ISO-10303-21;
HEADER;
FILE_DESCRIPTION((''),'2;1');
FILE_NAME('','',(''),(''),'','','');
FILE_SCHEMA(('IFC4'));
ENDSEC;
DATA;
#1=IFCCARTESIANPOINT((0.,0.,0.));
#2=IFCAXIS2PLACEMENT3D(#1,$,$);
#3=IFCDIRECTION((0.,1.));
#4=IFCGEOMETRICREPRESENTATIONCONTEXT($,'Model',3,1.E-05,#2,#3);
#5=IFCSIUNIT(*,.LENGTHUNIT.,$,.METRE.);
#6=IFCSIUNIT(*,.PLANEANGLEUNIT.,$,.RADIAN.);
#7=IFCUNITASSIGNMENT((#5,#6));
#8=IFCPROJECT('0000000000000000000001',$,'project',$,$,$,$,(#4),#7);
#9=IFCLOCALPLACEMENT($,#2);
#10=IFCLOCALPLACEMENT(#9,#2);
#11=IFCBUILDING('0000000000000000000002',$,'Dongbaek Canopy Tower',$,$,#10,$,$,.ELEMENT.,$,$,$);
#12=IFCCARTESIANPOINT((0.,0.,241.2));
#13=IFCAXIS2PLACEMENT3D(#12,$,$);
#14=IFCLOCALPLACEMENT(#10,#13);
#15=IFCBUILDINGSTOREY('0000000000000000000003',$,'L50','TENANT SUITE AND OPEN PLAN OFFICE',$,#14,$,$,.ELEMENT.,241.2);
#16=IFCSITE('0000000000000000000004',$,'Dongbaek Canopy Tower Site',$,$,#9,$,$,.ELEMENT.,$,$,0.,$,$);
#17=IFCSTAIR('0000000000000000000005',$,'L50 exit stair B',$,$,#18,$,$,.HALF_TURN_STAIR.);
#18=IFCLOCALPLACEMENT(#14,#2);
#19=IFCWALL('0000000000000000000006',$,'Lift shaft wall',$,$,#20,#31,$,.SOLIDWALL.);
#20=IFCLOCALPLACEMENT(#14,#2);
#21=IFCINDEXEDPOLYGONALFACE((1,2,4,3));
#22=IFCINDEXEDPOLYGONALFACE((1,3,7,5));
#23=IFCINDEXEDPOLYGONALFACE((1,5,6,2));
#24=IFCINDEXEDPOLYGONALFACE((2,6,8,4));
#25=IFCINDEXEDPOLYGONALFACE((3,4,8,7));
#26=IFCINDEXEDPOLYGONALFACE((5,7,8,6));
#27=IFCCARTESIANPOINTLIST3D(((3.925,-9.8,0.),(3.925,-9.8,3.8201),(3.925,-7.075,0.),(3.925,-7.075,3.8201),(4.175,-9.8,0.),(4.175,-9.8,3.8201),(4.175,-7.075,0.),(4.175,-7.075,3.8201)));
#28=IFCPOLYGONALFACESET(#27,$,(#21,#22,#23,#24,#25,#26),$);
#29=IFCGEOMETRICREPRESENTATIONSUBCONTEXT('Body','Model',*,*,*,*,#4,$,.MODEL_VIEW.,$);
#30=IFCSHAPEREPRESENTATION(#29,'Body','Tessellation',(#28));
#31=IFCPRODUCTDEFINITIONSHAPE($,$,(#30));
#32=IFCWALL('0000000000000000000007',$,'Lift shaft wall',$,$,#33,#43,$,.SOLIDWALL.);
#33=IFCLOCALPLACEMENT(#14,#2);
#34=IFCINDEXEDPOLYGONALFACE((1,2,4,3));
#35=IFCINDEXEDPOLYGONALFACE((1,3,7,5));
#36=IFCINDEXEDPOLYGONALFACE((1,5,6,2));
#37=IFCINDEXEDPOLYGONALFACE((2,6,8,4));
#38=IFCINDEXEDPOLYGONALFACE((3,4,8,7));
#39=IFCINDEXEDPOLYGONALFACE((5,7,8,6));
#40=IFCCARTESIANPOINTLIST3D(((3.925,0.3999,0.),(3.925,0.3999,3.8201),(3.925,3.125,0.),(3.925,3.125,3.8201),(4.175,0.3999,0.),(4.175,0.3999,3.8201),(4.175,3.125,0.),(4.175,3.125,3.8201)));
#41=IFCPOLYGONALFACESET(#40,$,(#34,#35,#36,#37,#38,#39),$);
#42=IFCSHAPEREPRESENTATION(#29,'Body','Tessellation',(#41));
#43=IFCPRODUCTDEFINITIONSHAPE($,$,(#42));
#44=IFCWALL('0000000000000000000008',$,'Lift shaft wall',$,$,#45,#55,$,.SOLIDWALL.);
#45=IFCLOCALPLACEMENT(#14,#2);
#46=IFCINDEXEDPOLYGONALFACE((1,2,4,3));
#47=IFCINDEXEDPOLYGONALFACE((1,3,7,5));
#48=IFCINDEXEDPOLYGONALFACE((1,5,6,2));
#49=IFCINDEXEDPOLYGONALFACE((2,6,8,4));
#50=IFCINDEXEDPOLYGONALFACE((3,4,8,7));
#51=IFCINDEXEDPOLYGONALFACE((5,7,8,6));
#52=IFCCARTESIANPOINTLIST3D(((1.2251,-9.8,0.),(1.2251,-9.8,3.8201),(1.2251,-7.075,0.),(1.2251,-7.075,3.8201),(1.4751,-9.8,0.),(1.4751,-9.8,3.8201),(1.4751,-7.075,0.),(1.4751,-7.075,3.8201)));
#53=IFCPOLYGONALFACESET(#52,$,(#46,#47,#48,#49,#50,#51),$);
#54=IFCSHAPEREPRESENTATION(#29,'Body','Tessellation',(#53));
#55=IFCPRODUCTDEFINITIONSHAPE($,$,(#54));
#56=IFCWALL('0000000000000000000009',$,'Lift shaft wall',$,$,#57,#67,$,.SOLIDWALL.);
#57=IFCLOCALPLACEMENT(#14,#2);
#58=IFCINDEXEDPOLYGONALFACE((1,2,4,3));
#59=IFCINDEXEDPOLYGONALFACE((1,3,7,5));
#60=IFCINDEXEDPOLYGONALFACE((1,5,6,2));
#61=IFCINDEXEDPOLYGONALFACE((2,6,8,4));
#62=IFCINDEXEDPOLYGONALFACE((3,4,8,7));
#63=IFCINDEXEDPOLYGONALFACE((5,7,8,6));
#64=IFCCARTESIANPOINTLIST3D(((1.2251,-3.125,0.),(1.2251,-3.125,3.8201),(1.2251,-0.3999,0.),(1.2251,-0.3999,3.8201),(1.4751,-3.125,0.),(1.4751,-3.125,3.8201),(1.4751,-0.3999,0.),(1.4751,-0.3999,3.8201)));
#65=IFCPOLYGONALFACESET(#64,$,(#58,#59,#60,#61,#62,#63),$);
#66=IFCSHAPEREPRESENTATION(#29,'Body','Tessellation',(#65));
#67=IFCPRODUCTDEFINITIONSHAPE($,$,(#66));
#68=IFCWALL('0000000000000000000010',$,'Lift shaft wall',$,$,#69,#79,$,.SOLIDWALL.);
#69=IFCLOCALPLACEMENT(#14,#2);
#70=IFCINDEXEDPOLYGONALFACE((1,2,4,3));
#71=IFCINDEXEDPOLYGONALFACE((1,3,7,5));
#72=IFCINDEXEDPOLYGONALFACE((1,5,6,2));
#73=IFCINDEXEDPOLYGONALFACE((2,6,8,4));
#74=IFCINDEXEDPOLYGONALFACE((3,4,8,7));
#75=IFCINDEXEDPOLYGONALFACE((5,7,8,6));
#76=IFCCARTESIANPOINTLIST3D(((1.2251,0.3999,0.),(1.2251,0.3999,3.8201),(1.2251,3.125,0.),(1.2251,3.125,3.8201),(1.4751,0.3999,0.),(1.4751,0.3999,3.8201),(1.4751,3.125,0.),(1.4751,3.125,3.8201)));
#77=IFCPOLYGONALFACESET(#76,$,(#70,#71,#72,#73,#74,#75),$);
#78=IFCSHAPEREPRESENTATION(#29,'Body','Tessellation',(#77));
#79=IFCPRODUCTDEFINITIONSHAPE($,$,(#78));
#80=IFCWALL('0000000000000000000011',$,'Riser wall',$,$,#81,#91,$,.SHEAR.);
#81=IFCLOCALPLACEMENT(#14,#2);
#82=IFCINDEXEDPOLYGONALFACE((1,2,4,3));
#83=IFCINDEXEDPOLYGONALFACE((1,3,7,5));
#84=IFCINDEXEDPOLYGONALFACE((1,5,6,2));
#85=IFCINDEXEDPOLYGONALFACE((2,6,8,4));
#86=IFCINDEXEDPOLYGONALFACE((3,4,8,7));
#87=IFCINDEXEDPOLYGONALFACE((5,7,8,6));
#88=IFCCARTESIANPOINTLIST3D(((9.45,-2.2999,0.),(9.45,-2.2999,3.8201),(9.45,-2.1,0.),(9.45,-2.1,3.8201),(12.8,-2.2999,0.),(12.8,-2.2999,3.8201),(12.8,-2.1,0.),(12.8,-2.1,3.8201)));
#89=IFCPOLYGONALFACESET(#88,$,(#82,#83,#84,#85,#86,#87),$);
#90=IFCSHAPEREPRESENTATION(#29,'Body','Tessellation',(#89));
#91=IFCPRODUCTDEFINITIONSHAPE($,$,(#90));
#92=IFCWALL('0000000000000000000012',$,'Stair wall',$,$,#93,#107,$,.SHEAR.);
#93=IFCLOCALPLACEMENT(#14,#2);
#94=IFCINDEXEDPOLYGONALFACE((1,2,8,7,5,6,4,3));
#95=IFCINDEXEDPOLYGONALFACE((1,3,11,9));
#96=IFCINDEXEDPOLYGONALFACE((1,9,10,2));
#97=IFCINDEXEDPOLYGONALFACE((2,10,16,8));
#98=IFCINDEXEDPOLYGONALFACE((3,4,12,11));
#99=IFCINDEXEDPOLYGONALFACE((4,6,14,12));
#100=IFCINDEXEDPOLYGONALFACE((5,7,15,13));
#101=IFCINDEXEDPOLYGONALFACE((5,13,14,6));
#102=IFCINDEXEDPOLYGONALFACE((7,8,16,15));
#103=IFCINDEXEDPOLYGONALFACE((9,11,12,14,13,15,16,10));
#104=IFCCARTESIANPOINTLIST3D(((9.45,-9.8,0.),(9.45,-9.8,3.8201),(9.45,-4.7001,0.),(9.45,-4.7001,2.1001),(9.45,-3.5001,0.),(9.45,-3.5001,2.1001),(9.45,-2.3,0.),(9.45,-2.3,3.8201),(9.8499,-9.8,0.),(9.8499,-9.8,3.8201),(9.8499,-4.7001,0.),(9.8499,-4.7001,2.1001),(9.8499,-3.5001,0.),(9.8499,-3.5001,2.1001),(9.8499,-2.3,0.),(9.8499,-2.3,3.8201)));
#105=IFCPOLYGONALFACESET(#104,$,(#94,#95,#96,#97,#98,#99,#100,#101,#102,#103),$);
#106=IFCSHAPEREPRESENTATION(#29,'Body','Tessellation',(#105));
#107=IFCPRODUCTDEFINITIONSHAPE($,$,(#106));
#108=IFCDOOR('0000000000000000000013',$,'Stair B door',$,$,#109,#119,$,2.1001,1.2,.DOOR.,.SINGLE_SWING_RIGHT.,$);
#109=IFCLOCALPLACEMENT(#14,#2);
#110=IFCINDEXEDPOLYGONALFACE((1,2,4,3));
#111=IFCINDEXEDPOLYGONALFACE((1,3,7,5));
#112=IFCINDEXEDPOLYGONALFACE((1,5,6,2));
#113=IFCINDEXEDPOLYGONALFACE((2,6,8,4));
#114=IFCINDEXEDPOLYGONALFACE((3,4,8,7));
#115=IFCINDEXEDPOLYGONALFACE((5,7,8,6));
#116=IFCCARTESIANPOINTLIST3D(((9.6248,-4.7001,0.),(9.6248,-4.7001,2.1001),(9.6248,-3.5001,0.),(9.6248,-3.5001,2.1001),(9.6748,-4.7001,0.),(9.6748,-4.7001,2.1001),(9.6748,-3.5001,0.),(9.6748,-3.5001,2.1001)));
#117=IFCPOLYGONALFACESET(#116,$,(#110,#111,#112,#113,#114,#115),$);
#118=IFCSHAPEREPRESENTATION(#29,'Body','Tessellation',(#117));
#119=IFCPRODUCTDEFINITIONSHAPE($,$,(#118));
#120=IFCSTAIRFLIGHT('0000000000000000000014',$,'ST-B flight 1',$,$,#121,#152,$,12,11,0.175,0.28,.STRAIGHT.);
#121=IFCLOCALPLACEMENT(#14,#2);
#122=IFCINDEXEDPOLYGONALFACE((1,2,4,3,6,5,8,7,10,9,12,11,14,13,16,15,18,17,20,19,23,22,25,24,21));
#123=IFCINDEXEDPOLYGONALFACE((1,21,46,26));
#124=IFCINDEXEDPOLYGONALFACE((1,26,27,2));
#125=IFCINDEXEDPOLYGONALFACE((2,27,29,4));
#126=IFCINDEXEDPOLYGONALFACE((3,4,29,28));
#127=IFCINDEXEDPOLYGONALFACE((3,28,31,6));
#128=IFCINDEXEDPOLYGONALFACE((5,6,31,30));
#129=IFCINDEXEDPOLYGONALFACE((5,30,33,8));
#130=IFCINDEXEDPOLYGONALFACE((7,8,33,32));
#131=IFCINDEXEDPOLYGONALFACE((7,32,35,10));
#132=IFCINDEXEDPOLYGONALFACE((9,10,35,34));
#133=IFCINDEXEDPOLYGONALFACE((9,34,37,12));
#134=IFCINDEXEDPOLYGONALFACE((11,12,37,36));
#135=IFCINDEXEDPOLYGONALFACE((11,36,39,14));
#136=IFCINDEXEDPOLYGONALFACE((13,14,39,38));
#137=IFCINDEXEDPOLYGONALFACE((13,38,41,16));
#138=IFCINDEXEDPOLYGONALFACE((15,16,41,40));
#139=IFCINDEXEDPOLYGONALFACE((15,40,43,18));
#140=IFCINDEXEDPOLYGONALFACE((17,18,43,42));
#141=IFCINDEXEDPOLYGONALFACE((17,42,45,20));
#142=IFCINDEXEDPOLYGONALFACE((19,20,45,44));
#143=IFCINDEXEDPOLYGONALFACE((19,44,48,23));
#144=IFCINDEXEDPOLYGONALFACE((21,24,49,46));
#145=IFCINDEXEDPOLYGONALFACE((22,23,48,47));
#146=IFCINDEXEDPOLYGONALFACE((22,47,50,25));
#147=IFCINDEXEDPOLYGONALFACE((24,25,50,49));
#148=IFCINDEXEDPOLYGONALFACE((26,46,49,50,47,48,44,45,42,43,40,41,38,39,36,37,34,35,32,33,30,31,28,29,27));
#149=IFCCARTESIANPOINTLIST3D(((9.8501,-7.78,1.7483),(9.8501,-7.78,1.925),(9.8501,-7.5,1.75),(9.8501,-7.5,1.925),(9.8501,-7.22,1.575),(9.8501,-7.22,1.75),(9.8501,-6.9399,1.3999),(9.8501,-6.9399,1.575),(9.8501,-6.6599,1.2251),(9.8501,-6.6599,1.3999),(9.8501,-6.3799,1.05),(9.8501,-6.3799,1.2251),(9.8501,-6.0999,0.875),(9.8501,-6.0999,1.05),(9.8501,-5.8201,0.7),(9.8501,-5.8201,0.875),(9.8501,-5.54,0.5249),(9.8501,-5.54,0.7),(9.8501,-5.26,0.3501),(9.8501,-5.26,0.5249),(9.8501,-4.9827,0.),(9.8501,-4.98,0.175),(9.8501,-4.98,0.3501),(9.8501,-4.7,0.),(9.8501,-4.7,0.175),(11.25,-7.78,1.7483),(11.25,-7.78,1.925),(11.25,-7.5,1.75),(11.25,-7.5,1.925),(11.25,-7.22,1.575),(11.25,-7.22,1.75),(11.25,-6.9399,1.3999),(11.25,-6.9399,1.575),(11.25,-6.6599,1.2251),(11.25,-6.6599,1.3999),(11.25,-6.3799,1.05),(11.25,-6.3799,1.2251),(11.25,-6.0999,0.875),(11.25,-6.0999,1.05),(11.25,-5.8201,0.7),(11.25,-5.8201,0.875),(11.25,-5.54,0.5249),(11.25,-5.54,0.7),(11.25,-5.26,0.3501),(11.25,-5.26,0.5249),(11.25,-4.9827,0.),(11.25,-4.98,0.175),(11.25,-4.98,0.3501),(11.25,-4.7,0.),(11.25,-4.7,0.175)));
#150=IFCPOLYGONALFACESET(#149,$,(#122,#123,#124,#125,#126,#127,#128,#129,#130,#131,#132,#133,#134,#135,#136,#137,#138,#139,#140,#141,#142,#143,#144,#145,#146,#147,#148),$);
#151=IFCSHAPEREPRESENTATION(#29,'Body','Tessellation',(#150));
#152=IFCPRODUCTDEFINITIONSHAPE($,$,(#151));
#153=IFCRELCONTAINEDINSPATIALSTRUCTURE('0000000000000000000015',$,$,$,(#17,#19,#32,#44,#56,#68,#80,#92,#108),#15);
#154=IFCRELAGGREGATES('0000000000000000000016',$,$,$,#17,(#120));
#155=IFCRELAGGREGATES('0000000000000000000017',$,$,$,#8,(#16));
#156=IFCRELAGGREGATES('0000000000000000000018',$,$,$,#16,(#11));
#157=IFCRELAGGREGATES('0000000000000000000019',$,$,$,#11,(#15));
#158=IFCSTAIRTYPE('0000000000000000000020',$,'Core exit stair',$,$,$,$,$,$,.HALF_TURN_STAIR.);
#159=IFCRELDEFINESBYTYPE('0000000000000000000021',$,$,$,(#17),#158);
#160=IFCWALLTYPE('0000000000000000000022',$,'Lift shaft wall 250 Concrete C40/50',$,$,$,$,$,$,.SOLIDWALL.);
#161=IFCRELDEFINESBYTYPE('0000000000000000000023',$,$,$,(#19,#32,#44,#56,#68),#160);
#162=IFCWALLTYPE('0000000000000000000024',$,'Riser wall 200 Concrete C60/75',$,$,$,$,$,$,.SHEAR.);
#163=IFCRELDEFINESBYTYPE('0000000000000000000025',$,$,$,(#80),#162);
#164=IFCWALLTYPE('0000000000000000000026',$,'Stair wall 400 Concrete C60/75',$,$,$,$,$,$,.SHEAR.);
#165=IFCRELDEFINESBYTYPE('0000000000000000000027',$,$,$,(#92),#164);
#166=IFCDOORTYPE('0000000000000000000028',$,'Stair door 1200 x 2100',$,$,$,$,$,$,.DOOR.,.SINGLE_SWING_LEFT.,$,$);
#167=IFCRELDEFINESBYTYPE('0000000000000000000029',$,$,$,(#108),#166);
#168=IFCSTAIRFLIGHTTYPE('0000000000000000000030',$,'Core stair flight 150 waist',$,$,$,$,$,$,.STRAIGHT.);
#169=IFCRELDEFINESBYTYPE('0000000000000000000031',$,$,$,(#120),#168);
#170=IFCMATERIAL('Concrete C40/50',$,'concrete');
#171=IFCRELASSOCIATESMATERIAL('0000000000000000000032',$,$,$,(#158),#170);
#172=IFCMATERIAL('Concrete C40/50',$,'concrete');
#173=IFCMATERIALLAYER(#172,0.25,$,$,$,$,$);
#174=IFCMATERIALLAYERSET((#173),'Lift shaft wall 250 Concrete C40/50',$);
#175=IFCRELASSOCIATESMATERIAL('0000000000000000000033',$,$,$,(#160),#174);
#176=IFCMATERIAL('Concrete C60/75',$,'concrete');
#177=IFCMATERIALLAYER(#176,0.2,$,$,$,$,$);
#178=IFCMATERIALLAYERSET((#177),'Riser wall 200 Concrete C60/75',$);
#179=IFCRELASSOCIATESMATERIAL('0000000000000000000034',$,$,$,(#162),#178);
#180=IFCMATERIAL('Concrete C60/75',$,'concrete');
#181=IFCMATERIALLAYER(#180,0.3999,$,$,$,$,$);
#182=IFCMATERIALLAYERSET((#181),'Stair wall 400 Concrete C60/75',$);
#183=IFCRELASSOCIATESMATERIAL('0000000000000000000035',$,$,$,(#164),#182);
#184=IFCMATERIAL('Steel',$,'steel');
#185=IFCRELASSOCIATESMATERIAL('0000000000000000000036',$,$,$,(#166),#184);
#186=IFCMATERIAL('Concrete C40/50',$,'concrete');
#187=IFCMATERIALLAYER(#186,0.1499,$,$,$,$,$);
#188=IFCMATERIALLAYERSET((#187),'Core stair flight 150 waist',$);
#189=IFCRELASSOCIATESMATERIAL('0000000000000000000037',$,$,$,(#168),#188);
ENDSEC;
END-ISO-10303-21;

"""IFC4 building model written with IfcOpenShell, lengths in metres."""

from ifc_helpers import new_model, si_unit, direction, frame, frame_2d, origin, place, context, subcontext, project, spatial, polyline, rectangle, outline, extrude, material, layer, layer_set, type_object, element, fill, aggregate, save


model = new_model("IFC4")

# Units and contexts
model_context = context("Model", 3, precision=1e-05, world=origin(), true_north=direction((0.0, 1.0)))
body_context = subcontext(model_context, "Body", "Model", "MODEL_VIEW")
ifc_project = project(units=[si_unit("LENGTHUNIT", "METRE"), si_unit("PLANEANGLEUNIT", "RADIAN")], contexts=[model_context])

# Site, building, storey
site_placement = place(None, origin())
site = spatial("IfcSite", under=ifc_project, at=site_placement, Name="Dongbaek Canopy Tower Site", CompositionType="ELEMENT", RefElevation=0.0)
building_placement = place(site_placement, origin())
building = spatial("IfcBuilding", under=site, at=building_placement, Name="Dongbaek Canopy Tower", CompositionType="ELEMENT")
storey_placement = place(building_placement, frame((0.0, 0.0, 241.2)))
storey = spatial("IfcBuildingStorey", under=building, at=storey_placement, Name="L50", Description="TENANT SUITE AND OPEN PLAN OFFICE", CompositionType="ELEMENT", Elevation=241.2)

# Stair
ifc_material_1 = material(Name="Concrete C40/50", Category="concrete")
stair_type = type_object("IfcStairType", Name="Core exit stair", PredefinedType="HALF_TURN_STAIR", material=ifc_material_1)
stair_1_placement = place(storey_placement, origin())
stair_1 = element("IfcStair", 1, at=stair_1_placement, inside=storey, type_object=stair_type, Name="L50 exit stair B", PredefinedType="HALF_TURN_STAIR")

# Walls
ifc_material_2 = material(Name="Concrete C40/50", Category="concrete")
ifc_layer_1 = layer(ifc_material_2, 0.25)
ifc_layer_set_1 = layer_set([ifc_layer_1], Name="Lift shaft wall 250 Concrete C40/50")
wall_type_1 = type_object("IfcWallType", Name="Lift shaft wall 250 Concrete C40/50", PredefinedType="SOLIDWALL", material=ifc_layer_set_1)
for number, where, z_axis, x_axis, name in (
    (2, (4.05, -9.8, 0.0), (0.0, 0.0, 1.0), (0.0, 1.0, 0.0), "Lift shaft wall"),
    (3, (4.05, 0.3999, 0.0), (0.0, 0.0, 1.0), (0.0, 1.0, 0.0), "Lift shaft wall"),
    (4, (1.3501, -9.8, 0.0), (0.0, 0.0, 1.0), (0.0, 1.0, 0.0), "Lift shaft wall"),
    (5, (1.3501, -3.125, 0.0), (0.0, 0.0, 1.0), (0.0, 1.0, 0.0), "Lift shaft wall"),
    (6, (1.3501, 0.3999, 0.0), (0.0, 0.0, 1.0), (0.0, 1.0, 0.0), "Lift shaft wall"),
):
    element("IfcWall", number, at=place(storey_placement, frame(where, z_axis=z_axis, x_axis=x_axis)), inside=storey, type_object=wall_type_1, Name=name, PredefinedType="SOLIDWALL", context=body_context, shape_type="SweptSolid", body=[
        extrude(rectangle(XDim=2.7251, YDim=0.25, at=frame_2d((1.3625, 0.0))), origin(), (0.0, 0.0, 1.0), 3.8201),
    ])
ifc_material_3 = material(Name="Concrete C60/75", Category="concrete")
ifc_layer_2 = layer(ifc_material_3, 0.2)
ifc_layer_set_2 = layer_set([ifc_layer_2], Name="Riser wall 200 Concrete C60/75")
wall_type_2 = type_object("IfcWallType", Name="Riser wall 200 Concrete C60/75", PredefinedType="SHEAR", material=ifc_layer_set_2)
wall_1_placement = place(storey_placement, frame((9.45, -2.2, 0.0), z_axis=(0.0, 0.0, 1.0), x_axis=(1.0, 0.0, 0.0)))
element("IfcWall", 7, at=wall_1_placement, inside=storey, type_object=wall_type_2, Name="Riser wall", PredefinedType="SHEAR", context=body_context, shape_type="SweptSolid", body=[
    extrude(rectangle(XDim=3.3501, YDim=0.2, at=frame_2d((1.675, 0.0))), origin(), (0.0, 0.0, 1.0), 3.8201),
])

# Wall, opening, door
ifc_material_4 = material(Name="Concrete C60/75", Category="concrete")
ifc_layer_3 = layer(ifc_material_4, 0.3999)
ifc_layer_set_3 = layer_set([ifc_layer_3], Name="Stair wall 400 Concrete C60/75")
wall_type_3 = type_object("IfcWallType", Name="Stair wall 400 Concrete C60/75", PredefinedType="SHEAR", material=ifc_layer_set_3)
wall_2_placement = place(storey_placement, frame((9.6499, -2.3, 0.0), z_axis=(0.0, 0.0, 1.0), x_axis=(0.0, -1.0, 0.0)))
wall_2 = element("IfcWall", 8, at=wall_2_placement, inside=storey, type_object=wall_type_3, Name="Stair wall", PredefinedType="SHEAR", context=body_context, shape_type="SweptSolid", body=[
    extrude(rectangle(XDim=7.5, YDim=0.3999, at=frame_2d((3.75, 0.0))), origin(), (0.0, 0.0, 1.0), 3.8201),
])
opening_1_placement = place(wall_2_placement, frame((1.2, 0.0, 0.0)))
opening_1 = element("IfcOpeningElement", 9, at=opening_1_placement, cuts=wall_2, PredefinedType="OPENING", context=body_context, shape_type="SweptSolid", body=[
    extrude(rectangle(XDim=1.2, YDim=2.1001, at=frame_2d((0.6001, 1.05))), frame((0.0, 0.21, 0.0), z_axis=(0.0, -1.0, 0.0), x_axis=(1.0, 0.0, 0.0)), (0.0, 0.0, 1.0), 0.4199),
])
ifc_material_5 = material(Name="Steel", Category="steel")
door_type_1 = type_object("IfcDoorType", Name="Stair door 1200 x 2100", OperationType="SINGLE_SWING_LEFT", PredefinedType="DOOR", material=ifc_material_5)
door_1_placement = place(opening_1_placement, origin())
door_1 = element("IfcDoor", 10, at=door_1_placement, inside=storey, type_object=door_type_1, Name="Stair B door", OperationType="SINGLE_SWING_RIGHT", OverallHeight=2.1001, OverallWidth=1.2, PredefinedType="DOOR", context=body_context, shape_type="SweptSolid", body=[
    extrude(rectangle(XDim=1.2, YDim=2.1001, at=frame_2d((0.6001, 1.05))), frame((0.0, 0.0249, 0.0), z_axis=(0.0, -1.0, 0.0), x_axis=(1.0, 0.0, 0.0)), (0.0, 0.0, 1.0), 0.05),
])
fill(opening_1, door_1)

# Stair flight
ifc_material_6 = material(Name="Concrete C40/50", Category="concrete")
ifc_layer_4 = layer(ifc_material_6, 0.1499)
ifc_layer_set_4 = layer_set([ifc_layer_4], Name="Core stair flight 150 waist")
stair_flight_type = type_object("IfcStairFlightType", Name="Core stair flight 150 waist", PredefinedType="STRAIGHT", material=ifc_layer_set_4)
stair_flight_placement = place(storey_placement, frame((10.55, -4.7, 0.0), z_axis=(0.0, 0.0, 1.0), x_axis=(0.0, -1.0, 0.0)))
stair_flight = element("IfcStairFlight", 11, at=stair_flight_placement, type_object=stair_flight_type, Name="ST-B flight 1", NumberOfRisers=12, NumberOfTreads=11, PredefinedType="STRAIGHT", RiserHeight=0.175, TreadLength=0.28, context=body_context, shape_type="SweptSolid", body=[
    extrude(outline(polyline([(0.0, 0.0), (0.0, 0.175), (0.28, 0.175), (0.28, 0.3501), (0.5601, 0.3501), (0.5601, 0.5249), (0.8401, 0.5249), (0.8401, 0.7), (1.1201, 0.7), (1.1201, 0.875), (1.3999, 0.875), (1.3999, 1.05), (1.6799, 1.05), (1.6799, 1.2251), (1.96, 1.2251), (1.96, 1.3999), (2.24, 1.3999), (2.24, 1.575), (2.52, 1.575), (2.52, 1.75), (2.8, 1.75), (2.8, 1.925), (3.0801, 1.925), (3.0801, 2.1001), (3.0801, 1.7483), (0.2827, 0.0), (0.0, 0.0)])), frame((0.0, 0.7, 0.0), z_axis=(0.0, -1.0, 0.0), x_axis=(1.0, 0.0, 0.0)), (0.0, 0.0, 1.0), 1.3999),
])
aggregate(stair_1, [stair_flight])

save(model, "model.ifc")
